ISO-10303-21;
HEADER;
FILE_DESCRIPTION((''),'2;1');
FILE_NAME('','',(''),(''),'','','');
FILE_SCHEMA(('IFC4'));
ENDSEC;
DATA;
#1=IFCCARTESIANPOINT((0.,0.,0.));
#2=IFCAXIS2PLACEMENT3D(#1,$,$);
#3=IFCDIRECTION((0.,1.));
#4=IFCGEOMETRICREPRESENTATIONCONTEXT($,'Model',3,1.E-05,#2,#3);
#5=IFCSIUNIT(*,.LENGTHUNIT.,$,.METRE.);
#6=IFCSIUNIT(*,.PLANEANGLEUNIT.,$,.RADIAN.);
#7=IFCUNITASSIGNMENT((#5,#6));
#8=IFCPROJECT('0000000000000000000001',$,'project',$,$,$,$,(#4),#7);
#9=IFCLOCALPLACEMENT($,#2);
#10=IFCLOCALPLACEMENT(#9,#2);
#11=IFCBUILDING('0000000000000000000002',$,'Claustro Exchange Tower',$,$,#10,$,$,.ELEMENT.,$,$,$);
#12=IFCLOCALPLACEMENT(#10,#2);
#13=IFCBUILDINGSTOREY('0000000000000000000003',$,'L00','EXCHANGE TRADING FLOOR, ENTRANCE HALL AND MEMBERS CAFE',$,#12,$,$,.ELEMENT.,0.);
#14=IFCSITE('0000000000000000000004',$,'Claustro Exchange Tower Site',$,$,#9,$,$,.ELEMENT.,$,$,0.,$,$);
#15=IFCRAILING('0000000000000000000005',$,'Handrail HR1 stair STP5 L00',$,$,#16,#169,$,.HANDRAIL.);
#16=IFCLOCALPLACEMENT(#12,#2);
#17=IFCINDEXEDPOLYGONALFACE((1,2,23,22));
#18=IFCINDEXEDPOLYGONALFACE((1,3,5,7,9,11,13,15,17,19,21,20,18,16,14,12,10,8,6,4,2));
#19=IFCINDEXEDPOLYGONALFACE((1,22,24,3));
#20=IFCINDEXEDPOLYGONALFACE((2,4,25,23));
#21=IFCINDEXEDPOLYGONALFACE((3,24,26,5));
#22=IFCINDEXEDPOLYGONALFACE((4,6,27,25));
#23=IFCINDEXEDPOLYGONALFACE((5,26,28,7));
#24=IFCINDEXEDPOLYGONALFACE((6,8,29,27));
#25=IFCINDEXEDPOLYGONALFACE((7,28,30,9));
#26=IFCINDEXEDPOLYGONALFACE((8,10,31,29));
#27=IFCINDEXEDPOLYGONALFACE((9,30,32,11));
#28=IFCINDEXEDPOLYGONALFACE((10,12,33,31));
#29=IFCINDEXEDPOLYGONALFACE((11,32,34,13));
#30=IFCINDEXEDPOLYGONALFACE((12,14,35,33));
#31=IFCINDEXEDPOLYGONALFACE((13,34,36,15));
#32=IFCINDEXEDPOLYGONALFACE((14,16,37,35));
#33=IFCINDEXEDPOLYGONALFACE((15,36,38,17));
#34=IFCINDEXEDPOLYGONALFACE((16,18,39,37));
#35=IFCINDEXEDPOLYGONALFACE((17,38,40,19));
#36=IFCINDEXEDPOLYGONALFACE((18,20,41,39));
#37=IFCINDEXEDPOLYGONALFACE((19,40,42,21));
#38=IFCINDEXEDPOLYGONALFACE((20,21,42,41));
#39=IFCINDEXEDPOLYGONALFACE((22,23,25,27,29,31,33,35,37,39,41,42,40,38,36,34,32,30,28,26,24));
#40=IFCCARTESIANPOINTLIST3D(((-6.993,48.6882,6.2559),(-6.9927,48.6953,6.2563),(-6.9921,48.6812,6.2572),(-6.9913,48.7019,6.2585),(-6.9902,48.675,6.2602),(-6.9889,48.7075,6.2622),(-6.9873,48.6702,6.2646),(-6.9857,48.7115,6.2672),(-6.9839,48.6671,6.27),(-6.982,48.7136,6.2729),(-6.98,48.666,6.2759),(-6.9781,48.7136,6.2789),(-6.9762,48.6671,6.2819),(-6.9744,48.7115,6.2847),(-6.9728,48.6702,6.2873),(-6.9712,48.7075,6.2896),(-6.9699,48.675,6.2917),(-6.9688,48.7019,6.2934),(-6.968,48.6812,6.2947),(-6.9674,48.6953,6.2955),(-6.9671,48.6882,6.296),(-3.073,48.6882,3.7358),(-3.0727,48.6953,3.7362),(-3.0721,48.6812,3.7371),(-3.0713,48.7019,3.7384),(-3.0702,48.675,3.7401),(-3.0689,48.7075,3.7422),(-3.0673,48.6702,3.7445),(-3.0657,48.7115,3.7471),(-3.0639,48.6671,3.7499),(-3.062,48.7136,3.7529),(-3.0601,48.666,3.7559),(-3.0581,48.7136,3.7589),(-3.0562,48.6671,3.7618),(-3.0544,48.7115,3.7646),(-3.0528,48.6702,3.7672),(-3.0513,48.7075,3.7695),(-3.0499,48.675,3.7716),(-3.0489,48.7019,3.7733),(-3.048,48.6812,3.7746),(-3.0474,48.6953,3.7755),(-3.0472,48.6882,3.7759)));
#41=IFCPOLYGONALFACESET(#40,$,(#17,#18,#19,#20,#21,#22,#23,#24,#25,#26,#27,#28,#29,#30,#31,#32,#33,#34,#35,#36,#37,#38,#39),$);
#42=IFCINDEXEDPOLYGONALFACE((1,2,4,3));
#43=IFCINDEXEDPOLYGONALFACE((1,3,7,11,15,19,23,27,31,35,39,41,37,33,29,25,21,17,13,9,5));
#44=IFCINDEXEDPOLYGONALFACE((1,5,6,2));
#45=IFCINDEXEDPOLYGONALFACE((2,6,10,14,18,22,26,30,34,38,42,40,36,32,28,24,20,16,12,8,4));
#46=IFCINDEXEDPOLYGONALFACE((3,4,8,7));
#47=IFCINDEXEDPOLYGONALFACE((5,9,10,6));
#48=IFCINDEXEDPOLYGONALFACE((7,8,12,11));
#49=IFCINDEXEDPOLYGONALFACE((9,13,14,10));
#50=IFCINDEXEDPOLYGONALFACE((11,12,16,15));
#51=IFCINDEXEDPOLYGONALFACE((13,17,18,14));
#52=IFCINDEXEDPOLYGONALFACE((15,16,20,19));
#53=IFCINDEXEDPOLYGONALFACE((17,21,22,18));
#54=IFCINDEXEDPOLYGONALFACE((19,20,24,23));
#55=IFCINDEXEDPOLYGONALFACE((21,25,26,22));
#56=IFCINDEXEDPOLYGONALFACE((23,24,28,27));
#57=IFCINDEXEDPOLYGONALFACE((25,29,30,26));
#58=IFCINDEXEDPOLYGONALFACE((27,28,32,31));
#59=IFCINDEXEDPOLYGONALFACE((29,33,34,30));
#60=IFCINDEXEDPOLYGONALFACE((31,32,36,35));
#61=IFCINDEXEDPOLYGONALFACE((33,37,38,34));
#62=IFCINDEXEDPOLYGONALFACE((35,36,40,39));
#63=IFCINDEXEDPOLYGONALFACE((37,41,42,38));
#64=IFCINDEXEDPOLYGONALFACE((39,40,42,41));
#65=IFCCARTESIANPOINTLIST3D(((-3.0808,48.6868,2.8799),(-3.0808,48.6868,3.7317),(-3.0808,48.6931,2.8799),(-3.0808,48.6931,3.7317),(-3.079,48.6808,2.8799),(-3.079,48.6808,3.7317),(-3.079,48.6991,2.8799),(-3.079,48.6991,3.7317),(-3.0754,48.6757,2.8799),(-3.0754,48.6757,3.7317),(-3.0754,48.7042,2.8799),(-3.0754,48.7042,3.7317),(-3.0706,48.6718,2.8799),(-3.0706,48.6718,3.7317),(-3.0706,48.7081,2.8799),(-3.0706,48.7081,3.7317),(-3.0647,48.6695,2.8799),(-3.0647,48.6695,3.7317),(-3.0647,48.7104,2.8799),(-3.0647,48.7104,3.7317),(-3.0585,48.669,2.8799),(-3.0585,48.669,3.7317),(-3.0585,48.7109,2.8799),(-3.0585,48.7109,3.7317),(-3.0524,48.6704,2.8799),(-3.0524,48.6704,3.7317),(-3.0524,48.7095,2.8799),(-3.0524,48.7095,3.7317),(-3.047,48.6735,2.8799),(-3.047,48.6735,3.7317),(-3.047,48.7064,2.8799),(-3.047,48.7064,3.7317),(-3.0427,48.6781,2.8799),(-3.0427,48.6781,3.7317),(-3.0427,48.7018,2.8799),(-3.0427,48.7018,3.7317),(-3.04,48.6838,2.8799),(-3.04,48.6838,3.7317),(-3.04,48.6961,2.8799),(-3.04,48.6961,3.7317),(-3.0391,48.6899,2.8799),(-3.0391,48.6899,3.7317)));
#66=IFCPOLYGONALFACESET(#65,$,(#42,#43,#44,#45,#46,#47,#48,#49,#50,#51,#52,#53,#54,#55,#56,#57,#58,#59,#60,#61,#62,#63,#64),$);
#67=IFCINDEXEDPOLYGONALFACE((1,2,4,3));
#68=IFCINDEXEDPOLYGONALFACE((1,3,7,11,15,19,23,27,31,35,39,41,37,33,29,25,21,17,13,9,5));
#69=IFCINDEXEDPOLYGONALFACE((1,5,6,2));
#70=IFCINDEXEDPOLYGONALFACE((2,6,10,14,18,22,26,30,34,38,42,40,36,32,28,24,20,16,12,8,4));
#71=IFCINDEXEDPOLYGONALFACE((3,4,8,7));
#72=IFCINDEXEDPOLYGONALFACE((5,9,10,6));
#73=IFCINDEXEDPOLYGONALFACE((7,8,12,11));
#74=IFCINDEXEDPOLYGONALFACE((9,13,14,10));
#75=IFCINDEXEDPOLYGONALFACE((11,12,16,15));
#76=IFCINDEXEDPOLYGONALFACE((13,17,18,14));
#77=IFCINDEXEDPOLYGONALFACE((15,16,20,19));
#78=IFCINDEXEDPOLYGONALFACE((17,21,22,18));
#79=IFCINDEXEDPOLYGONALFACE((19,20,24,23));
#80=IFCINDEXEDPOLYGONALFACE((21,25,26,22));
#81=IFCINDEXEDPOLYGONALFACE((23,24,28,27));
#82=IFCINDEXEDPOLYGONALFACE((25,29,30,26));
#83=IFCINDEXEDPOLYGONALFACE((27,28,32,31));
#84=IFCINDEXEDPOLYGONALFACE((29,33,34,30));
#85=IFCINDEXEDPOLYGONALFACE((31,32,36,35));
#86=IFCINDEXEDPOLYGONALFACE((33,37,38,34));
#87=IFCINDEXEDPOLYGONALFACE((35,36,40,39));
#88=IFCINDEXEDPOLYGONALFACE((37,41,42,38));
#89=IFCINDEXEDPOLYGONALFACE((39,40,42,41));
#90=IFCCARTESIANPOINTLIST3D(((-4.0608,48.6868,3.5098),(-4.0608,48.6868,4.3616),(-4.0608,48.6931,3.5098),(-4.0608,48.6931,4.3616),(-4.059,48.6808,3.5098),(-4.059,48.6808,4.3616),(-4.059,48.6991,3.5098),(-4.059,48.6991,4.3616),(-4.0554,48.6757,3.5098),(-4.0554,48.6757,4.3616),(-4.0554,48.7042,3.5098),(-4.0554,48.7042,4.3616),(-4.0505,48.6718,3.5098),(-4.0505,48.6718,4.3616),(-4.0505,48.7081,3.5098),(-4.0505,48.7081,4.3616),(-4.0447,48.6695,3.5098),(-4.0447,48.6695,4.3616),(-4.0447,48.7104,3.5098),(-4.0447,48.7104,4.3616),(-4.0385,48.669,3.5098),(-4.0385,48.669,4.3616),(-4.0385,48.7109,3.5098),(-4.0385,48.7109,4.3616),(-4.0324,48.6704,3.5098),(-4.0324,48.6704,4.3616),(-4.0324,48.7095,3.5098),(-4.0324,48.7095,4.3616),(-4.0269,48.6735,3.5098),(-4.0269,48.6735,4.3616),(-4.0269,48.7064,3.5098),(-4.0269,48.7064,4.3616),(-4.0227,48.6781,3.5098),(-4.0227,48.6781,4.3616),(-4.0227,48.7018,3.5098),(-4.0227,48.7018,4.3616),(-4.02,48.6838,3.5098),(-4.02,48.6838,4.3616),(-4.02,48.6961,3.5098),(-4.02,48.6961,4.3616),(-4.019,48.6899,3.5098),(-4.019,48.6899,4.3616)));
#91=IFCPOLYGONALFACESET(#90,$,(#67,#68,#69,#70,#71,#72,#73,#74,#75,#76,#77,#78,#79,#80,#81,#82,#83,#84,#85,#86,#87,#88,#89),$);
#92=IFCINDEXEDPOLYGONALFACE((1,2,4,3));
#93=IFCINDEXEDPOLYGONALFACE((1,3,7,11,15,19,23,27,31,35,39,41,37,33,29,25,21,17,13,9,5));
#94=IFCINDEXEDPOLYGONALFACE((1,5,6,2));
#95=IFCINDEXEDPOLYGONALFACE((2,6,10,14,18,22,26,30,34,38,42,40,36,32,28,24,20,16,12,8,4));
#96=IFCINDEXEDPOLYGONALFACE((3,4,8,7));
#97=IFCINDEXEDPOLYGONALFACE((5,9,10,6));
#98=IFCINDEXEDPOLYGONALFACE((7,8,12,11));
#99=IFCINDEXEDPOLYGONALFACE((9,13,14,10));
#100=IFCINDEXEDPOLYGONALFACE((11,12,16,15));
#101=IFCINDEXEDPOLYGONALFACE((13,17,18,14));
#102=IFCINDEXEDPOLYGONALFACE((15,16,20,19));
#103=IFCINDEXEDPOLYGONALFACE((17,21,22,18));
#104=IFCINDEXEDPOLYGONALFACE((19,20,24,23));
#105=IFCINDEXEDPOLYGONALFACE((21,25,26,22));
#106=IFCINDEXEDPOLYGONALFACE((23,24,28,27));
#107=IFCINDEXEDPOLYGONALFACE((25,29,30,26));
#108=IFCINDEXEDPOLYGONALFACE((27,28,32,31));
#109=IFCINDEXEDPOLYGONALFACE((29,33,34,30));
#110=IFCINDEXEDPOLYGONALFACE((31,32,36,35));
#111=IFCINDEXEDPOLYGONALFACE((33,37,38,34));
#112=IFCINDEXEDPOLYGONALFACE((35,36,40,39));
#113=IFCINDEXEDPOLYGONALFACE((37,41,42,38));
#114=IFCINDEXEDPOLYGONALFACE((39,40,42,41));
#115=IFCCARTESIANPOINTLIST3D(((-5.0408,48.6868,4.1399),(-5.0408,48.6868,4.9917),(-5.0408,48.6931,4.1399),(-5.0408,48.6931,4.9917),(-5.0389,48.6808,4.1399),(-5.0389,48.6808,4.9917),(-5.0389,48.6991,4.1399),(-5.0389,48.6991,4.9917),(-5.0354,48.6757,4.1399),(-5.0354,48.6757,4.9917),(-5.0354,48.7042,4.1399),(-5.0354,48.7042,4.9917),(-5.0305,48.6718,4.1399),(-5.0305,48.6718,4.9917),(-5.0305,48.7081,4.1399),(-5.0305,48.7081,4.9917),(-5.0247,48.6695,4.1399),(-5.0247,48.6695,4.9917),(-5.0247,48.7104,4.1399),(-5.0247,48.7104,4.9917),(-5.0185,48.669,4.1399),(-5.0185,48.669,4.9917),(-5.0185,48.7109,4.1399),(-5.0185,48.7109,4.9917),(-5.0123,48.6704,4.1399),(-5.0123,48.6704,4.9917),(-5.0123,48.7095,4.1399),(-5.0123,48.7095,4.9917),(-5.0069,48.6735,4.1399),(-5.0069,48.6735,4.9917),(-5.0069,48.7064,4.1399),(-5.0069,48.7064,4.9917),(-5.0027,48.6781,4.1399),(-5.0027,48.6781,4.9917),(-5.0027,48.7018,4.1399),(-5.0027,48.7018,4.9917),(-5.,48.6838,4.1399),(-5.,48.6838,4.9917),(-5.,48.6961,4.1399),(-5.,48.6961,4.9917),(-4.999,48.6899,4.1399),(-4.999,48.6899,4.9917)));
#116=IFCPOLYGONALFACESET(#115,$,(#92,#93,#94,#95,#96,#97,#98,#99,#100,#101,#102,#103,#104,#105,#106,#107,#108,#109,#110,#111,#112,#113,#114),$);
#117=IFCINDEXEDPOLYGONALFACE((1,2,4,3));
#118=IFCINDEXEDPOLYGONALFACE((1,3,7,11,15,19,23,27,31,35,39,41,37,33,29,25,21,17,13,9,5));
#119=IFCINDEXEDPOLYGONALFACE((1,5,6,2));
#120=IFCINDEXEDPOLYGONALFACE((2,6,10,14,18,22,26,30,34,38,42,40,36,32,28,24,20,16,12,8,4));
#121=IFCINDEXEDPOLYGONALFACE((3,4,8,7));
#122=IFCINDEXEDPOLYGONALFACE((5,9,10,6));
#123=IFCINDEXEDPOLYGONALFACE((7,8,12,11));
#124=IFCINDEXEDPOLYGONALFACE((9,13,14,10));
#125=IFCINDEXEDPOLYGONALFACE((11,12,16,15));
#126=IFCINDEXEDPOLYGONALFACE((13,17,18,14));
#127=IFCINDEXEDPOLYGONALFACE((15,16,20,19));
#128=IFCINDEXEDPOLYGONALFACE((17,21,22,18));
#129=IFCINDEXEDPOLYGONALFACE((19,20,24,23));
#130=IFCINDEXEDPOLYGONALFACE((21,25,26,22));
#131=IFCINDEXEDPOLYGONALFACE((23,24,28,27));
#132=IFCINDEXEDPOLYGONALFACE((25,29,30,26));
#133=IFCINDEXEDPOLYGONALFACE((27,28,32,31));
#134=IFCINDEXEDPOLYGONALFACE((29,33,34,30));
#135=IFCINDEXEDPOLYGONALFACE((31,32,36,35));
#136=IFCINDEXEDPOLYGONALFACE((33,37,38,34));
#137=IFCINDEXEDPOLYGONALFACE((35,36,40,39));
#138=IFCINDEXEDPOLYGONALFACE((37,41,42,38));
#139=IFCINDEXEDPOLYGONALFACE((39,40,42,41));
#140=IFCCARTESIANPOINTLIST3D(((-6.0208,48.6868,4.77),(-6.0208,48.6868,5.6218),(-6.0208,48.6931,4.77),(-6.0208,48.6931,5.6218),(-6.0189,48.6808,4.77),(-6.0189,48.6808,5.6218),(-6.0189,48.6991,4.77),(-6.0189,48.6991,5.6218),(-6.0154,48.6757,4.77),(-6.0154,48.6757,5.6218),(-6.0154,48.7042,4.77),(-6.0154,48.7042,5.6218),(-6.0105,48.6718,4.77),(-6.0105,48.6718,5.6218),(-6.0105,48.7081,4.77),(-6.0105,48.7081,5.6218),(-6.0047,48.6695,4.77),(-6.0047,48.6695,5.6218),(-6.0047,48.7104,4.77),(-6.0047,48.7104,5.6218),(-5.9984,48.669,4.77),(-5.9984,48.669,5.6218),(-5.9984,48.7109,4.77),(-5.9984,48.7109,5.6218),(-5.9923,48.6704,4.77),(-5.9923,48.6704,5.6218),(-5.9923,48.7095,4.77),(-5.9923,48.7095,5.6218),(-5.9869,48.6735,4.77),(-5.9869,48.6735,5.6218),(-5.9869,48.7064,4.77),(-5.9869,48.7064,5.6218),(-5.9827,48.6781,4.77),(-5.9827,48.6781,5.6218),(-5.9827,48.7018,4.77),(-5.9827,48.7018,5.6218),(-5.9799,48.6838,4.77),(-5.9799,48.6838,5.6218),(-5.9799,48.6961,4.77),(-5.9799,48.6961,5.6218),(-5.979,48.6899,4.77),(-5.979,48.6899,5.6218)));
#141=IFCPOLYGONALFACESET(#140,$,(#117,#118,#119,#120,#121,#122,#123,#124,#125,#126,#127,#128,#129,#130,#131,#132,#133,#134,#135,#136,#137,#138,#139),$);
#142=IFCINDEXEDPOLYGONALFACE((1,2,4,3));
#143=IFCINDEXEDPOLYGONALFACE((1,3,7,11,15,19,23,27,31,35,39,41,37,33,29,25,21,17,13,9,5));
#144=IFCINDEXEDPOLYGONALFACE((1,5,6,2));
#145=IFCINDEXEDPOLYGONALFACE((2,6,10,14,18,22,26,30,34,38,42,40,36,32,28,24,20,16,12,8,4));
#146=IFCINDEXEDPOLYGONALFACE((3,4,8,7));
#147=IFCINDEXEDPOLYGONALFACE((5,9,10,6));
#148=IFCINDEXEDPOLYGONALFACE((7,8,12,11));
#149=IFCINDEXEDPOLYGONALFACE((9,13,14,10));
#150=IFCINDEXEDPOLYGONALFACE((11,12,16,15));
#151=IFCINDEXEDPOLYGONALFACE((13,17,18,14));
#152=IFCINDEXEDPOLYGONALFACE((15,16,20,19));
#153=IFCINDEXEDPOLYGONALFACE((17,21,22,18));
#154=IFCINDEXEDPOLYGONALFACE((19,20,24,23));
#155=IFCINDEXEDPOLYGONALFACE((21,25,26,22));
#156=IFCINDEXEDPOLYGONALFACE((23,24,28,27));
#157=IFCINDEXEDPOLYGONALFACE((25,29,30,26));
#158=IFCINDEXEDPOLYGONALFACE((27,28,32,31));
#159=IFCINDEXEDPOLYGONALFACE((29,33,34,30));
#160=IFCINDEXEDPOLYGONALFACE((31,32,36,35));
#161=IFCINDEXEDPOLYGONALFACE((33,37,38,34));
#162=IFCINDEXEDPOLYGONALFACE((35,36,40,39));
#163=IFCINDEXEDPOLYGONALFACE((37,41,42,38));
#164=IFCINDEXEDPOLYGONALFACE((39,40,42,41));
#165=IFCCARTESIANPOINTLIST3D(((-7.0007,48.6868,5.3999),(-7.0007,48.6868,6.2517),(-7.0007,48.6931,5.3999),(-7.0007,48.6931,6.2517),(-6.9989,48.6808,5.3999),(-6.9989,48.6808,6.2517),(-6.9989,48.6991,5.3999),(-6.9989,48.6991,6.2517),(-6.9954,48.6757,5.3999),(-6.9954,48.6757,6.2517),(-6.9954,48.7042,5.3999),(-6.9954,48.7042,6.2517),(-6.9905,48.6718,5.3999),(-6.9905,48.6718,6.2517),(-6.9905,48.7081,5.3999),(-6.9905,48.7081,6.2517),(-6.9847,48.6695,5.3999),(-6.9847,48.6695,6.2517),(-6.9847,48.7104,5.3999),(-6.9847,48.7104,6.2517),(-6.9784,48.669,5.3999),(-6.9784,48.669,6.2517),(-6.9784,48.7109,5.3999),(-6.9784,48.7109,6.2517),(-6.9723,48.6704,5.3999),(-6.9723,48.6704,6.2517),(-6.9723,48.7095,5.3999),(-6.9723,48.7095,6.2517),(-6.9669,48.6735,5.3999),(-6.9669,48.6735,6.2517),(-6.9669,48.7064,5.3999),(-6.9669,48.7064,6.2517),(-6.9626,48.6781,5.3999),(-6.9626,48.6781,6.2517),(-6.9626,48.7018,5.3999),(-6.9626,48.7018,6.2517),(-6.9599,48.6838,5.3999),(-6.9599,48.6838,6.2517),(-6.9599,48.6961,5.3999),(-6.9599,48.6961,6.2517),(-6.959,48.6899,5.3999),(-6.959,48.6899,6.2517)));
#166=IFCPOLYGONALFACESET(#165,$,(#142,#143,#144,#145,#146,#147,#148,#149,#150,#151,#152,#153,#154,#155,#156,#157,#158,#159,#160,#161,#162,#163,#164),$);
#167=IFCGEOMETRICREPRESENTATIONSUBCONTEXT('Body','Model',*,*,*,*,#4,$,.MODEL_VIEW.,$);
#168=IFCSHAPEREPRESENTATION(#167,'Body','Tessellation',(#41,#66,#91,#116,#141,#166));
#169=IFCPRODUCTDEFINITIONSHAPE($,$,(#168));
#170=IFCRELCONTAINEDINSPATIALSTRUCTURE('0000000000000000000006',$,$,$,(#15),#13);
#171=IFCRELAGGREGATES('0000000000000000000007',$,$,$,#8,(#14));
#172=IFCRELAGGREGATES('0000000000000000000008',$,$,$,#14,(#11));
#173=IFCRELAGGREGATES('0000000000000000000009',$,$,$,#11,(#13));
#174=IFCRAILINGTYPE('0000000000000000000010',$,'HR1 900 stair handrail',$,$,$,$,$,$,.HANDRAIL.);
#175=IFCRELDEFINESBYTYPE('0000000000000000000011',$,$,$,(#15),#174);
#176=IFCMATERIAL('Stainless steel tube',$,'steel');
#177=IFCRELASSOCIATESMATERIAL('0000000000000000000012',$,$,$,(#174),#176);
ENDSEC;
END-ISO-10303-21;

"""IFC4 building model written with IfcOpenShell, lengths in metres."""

from ifc_helpers import new_model, si_unit, direction, frame, origin, origin_2d, place, context, subcontext, project, spatial, circle, extrude, material, type_object, element, save


model = new_model("IFC4")

# Units and contexts
model_context = context("Model", 3, precision=1e-05, world=origin(), true_north=direction((0.0, 1.0)))
body_context = subcontext(model_context, "Body", "Model", "MODEL_VIEW")
ifc_project = project(units=[si_unit("LENGTHUNIT", "METRE"), si_unit("PLANEANGLEUNIT", "RADIAN")], contexts=[model_context])

# Site, building, storey
site_placement = place(None, origin())
site = spatial("IfcSite", under=ifc_project, at=site_placement, Name="Claustro Exchange Tower Site", CompositionType="ELEMENT", RefElevation=0.0)
building_placement = place(site_placement, origin())
building = spatial("IfcBuilding", under=site, at=building_placement, Name="Claustro Exchange Tower", CompositionType="ELEMENT")
storey_placement = place(building_placement, origin())
storey = spatial("IfcBuildingStorey", under=building, at=storey_placement, Name="L00", Description="EXCHANGE TRADING FLOOR, ENTRANCE HALL AND MEMBERS CAFE", CompositionType="ELEMENT", Elevation=0.0)

# Railing
ifc_material_1 = material(Name="Stainless steel tube", Category="steel")
railing_type_1 = type_object("IfcRailingType", Name="HR1 900 stair handrail", PredefinedType="HANDRAIL", material=ifc_material_1)
railing_1_placement = place(storey_placement, frame((-3.0601, 48.6899, 2.8799)))
element("IfcRailing", 1, at=railing_1_placement, inside=storey, type_object=railing_type_1, Name="Handrail HR1 stair STP5 L00", PredefinedType="HANDRAIL", context=body_context, shape_type="SweptSolid", body=[
    extrude(circle(Radius=0.0239, at=origin_2d()), frame((0.0, 0.0, 0.876), z_axis=(-0.841172, 0.0, 0.540768), x_axis=(0.0, -1.0, 0.0)), (0.0, 0.0, 1.0), 4.6602),
    extrude(circle(Radius=0.021, at=origin_2d()), origin(), (0.0, 0.0, 1.0), 0.8518),
    extrude(circle(Radius=0.021, at=origin_2d()), frame((-0.98, 0.0, 0.6299)), (0.0, 0.0, 1.0), 0.8518),
    extrude(circle(Radius=0.021, at=origin_2d()), frame((-1.96, 0.0, 1.26)), (0.0, 0.0, 1.0), 0.8518),
    extrude(circle(Radius=0.021, at=origin_2d()), frame((-2.9399, 0.0, 1.8901)), (0.0, 0.0, 1.0), 0.8518),
    extrude(circle(Radius=0.021, at=origin_2d()), frame((-3.9199, 0.0, 2.52)), (0.0, 0.0, 1.0), 0.8518),
])

save(model, "model.ifc")
